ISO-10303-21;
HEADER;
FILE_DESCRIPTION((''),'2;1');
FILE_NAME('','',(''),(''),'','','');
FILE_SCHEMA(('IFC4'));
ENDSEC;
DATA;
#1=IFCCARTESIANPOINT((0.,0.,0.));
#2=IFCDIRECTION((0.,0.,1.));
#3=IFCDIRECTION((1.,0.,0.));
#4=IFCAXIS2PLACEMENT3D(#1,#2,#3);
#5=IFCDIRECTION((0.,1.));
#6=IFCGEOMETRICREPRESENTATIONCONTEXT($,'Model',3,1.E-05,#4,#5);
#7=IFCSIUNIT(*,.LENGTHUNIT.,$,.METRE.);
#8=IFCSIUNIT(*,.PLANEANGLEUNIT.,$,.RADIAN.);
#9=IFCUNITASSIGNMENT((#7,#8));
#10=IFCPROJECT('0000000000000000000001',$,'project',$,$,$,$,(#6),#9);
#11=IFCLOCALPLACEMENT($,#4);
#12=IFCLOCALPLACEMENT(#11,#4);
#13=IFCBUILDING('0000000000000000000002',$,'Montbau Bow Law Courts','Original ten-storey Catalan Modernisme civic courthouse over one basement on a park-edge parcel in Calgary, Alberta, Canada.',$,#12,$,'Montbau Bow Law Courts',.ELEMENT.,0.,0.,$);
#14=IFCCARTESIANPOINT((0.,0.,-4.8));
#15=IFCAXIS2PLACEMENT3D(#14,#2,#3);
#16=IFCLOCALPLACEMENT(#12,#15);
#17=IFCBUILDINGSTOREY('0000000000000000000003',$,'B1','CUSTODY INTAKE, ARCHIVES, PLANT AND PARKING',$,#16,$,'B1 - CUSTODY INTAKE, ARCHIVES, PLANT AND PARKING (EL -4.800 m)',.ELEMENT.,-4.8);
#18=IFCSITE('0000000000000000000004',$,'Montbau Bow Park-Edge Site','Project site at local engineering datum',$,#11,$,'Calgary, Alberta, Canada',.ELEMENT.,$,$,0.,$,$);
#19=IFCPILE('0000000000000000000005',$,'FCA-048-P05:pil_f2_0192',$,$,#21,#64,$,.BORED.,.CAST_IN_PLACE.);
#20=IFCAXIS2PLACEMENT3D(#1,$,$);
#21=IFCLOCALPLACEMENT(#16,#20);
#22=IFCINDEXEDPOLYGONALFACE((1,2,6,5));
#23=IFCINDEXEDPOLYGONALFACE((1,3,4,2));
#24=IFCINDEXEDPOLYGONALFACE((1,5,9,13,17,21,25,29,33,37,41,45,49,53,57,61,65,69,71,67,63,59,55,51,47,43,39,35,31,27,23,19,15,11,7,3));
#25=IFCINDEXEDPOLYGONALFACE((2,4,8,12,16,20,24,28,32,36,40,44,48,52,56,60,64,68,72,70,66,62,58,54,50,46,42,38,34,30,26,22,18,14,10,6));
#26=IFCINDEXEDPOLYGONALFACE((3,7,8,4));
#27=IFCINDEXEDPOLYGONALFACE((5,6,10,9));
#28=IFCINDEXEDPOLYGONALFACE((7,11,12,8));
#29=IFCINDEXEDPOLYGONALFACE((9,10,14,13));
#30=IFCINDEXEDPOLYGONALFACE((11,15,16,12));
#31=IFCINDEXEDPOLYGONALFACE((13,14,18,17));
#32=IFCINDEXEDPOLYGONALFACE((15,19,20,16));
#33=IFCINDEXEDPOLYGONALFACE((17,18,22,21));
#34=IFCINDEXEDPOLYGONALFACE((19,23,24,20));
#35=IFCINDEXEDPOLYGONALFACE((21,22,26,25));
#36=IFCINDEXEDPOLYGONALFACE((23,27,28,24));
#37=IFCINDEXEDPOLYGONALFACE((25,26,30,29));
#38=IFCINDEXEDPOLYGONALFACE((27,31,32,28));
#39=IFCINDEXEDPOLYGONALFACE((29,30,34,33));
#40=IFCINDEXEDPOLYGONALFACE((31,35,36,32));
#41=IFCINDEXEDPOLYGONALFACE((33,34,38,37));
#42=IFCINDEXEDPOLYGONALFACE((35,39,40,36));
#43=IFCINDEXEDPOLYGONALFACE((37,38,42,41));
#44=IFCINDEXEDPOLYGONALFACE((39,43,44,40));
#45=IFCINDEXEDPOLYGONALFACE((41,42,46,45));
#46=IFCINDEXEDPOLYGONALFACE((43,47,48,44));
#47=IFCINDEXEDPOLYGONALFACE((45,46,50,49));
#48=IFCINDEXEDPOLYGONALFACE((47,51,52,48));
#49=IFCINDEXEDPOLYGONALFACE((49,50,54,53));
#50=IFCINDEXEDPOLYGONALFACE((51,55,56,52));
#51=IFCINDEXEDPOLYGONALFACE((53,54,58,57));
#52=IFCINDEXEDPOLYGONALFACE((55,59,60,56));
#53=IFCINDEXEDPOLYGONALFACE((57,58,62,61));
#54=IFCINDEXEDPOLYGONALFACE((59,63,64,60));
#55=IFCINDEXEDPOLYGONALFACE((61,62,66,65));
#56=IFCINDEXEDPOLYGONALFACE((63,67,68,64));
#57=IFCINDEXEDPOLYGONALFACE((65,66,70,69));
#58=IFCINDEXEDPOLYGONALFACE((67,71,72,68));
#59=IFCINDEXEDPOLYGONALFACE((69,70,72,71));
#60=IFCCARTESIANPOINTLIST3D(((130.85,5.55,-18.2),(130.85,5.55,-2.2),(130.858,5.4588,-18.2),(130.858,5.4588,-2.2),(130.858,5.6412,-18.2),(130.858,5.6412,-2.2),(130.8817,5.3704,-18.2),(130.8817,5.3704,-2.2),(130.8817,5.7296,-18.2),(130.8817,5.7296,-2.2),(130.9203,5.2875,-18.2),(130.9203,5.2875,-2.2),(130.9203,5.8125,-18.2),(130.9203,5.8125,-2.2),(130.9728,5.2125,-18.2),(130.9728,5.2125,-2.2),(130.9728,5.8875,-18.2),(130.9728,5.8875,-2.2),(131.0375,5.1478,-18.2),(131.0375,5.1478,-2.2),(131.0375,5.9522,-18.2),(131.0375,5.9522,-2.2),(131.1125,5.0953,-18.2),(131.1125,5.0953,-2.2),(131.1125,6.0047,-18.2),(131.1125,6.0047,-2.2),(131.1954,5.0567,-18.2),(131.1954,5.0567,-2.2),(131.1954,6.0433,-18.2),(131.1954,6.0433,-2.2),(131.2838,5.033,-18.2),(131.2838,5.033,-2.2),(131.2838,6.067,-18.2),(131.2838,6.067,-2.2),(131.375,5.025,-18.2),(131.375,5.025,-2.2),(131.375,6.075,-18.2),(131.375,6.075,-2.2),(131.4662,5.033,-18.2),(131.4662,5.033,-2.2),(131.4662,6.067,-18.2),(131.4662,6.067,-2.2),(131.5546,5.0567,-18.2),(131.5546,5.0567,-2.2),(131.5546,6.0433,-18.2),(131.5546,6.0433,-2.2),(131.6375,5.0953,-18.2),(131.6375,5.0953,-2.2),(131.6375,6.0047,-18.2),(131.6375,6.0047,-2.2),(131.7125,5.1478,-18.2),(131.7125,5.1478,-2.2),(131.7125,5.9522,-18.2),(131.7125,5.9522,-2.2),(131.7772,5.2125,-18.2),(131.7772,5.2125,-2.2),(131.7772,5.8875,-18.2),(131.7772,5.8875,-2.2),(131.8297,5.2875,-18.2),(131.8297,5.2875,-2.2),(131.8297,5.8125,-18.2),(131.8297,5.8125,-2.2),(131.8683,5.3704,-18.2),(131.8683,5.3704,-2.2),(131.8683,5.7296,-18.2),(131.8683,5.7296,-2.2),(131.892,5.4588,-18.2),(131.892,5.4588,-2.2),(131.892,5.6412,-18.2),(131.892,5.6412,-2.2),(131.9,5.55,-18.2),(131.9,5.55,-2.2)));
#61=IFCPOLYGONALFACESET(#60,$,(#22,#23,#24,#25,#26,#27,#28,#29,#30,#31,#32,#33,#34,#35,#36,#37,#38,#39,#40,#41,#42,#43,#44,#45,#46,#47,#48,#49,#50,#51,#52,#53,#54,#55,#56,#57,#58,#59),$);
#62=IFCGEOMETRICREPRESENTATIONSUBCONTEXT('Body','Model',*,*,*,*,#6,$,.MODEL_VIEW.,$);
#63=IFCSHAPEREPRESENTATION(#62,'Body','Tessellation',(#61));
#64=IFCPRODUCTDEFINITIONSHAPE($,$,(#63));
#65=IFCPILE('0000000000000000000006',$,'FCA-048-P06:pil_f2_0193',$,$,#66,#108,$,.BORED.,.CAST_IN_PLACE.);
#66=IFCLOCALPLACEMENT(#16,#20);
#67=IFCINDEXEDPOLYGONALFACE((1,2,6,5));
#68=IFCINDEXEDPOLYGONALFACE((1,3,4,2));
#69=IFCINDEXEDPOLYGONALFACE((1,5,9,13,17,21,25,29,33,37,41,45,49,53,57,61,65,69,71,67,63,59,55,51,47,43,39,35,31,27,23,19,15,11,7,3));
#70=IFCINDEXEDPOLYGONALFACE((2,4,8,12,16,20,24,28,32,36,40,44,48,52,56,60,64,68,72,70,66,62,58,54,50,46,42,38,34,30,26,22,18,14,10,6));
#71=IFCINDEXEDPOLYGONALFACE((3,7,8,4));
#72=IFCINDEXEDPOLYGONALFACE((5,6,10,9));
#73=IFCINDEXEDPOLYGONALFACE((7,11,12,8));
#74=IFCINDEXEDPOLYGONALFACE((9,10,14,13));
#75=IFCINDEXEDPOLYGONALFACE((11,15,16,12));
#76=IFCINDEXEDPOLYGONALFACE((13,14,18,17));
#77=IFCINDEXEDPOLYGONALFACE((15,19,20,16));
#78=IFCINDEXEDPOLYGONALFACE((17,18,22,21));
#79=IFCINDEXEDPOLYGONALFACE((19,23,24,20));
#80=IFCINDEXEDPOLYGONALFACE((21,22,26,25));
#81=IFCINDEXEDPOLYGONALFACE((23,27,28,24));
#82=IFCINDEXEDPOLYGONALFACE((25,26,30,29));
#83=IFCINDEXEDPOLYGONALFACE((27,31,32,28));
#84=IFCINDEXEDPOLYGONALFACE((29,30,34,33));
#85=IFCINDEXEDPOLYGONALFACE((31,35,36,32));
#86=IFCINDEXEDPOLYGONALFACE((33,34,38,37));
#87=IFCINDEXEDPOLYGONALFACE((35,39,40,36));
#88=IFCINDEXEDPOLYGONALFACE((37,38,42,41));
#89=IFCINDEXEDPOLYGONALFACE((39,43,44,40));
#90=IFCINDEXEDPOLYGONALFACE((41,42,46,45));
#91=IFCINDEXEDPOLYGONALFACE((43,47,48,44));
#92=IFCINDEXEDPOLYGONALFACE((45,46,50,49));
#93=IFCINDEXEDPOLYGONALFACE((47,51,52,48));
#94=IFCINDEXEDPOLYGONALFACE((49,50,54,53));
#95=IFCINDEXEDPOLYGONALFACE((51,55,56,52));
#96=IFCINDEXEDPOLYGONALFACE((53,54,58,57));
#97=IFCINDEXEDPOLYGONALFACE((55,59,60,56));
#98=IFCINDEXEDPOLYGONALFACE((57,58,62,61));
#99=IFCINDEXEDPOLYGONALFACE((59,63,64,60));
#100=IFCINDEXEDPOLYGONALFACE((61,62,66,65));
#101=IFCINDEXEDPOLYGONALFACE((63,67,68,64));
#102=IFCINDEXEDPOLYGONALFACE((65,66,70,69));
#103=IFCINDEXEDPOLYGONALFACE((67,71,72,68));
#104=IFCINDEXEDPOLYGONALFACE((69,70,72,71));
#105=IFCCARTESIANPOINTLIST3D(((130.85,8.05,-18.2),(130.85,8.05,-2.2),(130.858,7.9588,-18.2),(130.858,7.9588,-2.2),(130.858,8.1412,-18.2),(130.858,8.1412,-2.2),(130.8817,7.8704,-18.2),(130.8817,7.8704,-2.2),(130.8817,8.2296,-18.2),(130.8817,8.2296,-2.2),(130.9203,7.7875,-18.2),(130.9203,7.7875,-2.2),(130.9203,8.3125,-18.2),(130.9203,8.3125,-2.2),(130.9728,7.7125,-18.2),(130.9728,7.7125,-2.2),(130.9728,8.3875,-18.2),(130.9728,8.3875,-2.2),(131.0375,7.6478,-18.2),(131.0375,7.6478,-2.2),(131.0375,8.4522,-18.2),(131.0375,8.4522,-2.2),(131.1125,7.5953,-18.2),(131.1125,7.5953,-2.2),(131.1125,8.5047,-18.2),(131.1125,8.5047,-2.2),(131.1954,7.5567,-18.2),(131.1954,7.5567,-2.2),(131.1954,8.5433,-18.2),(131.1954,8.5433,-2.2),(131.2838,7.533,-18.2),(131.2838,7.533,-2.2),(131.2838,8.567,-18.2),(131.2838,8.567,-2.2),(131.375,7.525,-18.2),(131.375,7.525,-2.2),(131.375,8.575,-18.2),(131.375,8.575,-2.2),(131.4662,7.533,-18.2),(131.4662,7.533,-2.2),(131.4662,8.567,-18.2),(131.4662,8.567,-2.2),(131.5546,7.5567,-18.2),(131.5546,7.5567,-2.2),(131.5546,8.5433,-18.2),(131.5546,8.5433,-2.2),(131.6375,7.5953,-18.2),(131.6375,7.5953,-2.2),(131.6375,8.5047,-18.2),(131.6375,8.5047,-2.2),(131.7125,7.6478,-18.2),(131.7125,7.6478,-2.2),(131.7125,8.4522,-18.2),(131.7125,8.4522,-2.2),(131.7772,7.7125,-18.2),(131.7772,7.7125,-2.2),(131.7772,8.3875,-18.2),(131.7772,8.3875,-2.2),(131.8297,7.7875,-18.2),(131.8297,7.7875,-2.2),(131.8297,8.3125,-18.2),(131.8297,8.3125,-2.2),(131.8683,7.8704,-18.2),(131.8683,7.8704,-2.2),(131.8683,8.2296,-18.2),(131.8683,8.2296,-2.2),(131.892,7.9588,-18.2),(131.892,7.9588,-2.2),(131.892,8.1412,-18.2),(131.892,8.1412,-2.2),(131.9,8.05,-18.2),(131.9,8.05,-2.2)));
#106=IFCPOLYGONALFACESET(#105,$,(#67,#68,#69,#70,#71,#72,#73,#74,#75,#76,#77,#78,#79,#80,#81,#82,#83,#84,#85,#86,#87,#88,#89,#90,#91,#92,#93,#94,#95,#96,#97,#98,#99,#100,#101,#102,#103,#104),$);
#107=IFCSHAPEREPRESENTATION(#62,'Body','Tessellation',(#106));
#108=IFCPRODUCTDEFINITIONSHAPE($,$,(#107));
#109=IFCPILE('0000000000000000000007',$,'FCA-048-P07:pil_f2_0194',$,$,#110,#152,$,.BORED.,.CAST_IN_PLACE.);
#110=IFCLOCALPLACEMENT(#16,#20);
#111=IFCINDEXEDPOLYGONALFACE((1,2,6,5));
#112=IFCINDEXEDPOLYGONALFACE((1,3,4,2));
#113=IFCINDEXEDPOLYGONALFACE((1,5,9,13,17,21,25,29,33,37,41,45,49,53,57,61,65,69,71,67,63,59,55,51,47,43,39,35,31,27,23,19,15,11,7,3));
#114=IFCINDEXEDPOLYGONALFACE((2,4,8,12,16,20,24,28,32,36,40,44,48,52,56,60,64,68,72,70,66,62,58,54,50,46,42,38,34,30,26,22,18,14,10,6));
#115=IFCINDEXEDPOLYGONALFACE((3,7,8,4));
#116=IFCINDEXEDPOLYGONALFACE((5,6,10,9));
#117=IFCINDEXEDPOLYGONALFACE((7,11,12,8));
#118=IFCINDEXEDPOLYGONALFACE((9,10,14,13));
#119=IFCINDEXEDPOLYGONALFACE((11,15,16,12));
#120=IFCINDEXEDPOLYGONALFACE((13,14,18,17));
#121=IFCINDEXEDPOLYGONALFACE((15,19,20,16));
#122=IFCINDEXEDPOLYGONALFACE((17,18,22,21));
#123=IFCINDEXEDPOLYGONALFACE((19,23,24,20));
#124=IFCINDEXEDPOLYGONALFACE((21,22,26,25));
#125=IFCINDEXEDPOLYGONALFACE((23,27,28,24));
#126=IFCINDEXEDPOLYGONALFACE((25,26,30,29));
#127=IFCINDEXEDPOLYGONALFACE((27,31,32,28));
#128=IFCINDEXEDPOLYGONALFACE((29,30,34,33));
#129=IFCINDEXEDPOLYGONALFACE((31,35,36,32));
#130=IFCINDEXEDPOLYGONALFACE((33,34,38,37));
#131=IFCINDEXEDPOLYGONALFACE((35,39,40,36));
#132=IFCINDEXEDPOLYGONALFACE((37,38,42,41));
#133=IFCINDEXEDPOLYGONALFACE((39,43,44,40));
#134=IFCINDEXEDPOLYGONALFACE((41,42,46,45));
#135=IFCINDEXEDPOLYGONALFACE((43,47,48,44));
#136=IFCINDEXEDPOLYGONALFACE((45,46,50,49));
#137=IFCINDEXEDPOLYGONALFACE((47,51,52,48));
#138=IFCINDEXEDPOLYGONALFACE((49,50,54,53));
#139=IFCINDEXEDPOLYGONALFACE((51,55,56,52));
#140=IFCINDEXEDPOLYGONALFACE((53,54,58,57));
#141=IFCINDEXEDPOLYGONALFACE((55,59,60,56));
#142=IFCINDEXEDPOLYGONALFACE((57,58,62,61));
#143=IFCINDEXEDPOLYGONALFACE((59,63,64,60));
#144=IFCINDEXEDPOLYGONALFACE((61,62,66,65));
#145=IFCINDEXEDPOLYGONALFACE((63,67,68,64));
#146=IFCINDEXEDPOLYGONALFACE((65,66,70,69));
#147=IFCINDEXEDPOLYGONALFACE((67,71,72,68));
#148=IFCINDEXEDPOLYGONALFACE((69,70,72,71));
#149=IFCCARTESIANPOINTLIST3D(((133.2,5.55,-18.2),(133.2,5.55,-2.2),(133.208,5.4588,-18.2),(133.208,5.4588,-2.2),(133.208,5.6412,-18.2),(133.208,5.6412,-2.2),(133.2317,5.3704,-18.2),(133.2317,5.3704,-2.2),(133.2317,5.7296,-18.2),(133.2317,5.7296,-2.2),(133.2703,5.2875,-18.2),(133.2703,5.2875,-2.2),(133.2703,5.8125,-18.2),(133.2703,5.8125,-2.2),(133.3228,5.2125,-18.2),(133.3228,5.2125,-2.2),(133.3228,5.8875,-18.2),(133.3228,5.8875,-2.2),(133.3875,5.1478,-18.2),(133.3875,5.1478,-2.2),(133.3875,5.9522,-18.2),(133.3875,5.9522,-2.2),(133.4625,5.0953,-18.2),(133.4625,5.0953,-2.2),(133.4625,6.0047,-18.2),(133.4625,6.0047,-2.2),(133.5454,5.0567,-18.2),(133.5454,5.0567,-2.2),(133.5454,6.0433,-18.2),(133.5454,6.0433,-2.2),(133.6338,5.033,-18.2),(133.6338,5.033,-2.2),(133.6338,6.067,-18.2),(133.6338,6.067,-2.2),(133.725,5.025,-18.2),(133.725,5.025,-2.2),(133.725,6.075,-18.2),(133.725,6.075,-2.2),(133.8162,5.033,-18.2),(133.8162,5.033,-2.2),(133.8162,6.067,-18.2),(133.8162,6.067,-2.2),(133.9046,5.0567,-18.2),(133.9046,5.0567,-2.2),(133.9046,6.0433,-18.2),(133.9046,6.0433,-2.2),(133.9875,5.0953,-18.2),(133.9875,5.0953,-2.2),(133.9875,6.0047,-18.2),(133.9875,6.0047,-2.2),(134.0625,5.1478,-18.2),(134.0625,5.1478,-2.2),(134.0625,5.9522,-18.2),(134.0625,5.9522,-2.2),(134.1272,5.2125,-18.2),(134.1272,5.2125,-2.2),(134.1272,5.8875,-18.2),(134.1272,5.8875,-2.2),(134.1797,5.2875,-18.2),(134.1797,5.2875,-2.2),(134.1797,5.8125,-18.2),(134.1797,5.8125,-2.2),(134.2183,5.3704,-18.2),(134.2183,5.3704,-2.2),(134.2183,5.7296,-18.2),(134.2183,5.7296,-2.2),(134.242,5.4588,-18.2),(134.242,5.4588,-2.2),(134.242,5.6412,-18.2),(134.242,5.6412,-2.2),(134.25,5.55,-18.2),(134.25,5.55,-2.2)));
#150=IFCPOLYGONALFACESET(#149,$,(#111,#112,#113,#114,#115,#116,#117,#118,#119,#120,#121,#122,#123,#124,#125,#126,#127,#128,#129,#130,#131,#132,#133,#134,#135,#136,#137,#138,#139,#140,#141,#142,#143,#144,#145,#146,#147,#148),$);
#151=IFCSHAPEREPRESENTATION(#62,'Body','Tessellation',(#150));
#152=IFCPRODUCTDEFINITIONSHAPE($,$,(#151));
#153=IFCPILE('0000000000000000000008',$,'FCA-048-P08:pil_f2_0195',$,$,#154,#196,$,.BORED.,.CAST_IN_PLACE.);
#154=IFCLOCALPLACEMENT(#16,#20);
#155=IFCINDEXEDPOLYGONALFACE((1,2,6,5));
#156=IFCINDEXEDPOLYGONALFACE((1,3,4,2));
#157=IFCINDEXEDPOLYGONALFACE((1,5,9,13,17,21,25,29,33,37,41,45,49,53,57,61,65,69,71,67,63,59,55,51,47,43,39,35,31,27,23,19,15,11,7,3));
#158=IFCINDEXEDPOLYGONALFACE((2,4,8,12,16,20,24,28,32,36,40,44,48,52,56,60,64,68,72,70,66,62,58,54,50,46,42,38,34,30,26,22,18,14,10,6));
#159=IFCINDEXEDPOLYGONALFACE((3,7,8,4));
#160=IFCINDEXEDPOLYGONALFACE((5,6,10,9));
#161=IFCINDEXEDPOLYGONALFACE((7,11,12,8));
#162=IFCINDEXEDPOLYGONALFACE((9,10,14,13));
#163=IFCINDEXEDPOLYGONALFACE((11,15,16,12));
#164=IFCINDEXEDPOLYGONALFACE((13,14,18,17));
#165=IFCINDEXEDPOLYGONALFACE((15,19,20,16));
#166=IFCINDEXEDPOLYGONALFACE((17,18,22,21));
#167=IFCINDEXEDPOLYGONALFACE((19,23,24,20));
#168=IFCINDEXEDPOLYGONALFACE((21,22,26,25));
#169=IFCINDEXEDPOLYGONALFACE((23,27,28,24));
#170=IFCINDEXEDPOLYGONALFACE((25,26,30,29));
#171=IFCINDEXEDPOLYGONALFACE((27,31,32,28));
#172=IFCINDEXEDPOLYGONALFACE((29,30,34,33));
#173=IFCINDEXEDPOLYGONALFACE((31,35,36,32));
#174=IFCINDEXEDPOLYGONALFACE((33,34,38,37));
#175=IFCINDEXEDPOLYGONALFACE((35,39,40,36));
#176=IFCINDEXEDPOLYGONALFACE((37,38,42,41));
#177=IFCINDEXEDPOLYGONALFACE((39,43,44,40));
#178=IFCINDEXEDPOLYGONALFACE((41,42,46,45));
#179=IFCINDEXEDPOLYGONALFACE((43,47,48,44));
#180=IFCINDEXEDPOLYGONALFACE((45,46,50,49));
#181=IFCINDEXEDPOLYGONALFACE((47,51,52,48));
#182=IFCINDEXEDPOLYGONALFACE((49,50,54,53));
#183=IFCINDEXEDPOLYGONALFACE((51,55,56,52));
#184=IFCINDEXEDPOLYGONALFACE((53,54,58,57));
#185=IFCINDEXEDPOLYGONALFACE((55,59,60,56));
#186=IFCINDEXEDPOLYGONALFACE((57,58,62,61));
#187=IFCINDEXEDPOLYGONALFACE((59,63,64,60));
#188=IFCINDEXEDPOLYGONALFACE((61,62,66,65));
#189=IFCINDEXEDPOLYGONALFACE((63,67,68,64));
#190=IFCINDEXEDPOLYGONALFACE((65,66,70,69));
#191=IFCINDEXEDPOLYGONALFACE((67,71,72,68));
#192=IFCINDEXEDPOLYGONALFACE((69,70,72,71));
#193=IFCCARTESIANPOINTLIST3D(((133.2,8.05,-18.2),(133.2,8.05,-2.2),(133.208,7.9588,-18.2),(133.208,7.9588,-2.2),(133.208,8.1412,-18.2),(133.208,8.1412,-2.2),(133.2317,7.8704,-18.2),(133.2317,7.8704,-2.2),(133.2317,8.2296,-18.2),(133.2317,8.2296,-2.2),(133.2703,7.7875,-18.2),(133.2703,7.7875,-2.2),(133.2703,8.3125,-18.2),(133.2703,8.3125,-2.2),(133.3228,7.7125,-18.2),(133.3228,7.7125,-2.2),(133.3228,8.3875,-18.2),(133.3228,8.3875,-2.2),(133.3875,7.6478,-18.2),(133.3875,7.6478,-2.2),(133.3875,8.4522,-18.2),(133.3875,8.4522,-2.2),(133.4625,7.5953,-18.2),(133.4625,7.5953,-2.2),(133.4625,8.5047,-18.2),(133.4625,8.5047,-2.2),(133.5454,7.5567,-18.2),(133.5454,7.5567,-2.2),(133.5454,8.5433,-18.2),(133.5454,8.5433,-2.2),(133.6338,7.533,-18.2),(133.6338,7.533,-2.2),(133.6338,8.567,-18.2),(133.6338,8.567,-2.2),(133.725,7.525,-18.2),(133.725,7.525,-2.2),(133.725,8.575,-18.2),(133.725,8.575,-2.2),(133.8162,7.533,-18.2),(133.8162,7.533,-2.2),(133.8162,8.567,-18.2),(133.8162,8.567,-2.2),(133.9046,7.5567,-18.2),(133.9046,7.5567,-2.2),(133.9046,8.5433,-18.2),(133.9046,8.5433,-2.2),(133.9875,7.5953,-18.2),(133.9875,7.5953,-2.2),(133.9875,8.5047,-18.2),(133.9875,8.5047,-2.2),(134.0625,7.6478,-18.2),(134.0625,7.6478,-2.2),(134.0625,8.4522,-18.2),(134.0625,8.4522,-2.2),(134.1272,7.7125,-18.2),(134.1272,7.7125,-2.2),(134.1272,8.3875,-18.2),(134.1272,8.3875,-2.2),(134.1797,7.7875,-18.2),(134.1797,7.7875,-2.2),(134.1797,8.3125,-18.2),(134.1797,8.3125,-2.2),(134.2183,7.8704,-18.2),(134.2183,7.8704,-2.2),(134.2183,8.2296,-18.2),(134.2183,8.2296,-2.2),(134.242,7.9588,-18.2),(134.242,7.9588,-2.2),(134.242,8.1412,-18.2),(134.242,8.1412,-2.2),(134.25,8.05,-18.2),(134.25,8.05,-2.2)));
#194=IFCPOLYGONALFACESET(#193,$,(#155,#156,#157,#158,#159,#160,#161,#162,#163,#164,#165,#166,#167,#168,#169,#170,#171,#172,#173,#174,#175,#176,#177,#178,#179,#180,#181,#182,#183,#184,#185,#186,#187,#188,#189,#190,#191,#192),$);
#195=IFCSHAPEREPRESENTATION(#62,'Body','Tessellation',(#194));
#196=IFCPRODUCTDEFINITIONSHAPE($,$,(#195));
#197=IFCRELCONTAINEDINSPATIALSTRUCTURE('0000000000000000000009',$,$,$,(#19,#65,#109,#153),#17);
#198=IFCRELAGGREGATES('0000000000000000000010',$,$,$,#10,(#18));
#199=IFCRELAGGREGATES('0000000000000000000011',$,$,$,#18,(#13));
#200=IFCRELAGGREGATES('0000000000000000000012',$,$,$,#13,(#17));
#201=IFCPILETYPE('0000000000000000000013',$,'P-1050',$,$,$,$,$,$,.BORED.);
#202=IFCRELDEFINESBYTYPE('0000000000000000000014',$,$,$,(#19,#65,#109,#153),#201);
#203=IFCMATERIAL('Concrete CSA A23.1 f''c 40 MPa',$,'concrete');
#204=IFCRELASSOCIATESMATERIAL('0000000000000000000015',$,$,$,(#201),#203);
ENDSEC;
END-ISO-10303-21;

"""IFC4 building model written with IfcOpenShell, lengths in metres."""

from ifc_helpers import new_model, si_unit, direction, frame, origin_with_axes, origin_2d_with_axis, place, context, subcontext, project, spatial, circle, extrude, material, material_profile, profile_set, type_object, element, save


model = new_model("IFC4")

# Units and contexts
model_context = context("Model", 3, precision=1e-05, world=origin_with_axes(), true_north=direction((0.0, 1.0)))
body_context = subcontext(model_context, "Body", "Model", "MODEL_VIEW")
ifc_project = project(units=[si_unit("LENGTHUNIT", "METRE"), si_unit("PLANEANGLEUNIT", "RADIAN")], contexts=[model_context])

# Site, building, storey
site_placement = place(None, origin_with_axes())
site = spatial("IfcSite", under=ifc_project, at=site_placement, Name="Montbau Bow Park-Edge Site", Description="Project site at local engineering datum", LongName="Calgary, Alberta, Canada", CompositionType="ELEMENT", RefElevation=0.0)
building_placement = place(site_placement, origin_with_axes())
building = spatial("IfcBuilding", under=site, at=building_placement, Name="Montbau Bow Law Courts", Description="Original ten-storey Catalan Modernisme civic courthouse over one basement on a park-edge parcel in Calgary, Alberta, Canada.", LongName="Montbau Bow Law Courts", CompositionType="ELEMENT", ElevationOfRefHeight=0.0, ElevationOfTerrain=0.0)
storey_placement = place(building_placement, frame((0.0, 0.0, -4.8), z_axis=(0.0, 0.0, 1.0), x_axis=(1.0, 0.0, 0.0)))
storey = spatial("IfcBuildingStorey", under=building, at=storey_placement, Name="B1", Description="CUSTODY INTAKE, ARCHIVES, PLANT AND PARKING", LongName="B1 - CUSTODY INTAKE, ARCHIVES, PLANT AND PARKING (EL -4.800 m)", CompositionType="ELEMENT", Elevation=-4.8)

# Piles
ifc_material_1 = material(Name="Concrete CSA A23.1 f'c 40 MPa", Category="concrete")
ifc_material_profile_1 = material_profile(ifc_material_1, circle(Radius=0.525, at=origin_2d_with_axis()), Name="BP1050", Category="Main", Priority=0)
ifc_profile_set_1 = profile_set([ifc_material_profile_1], Name="Concrete CSA A23.1 f'c 40 MPa")
pile_type_1 = type_object("IfcPileType", Name="P-1050", PredefinedType="BORED", material=ifc_profile_set_1)
for number, where, z_axis, x_axis, name in (
    (1, (131.375, 5.55, -23.0), (0.0, 0.0, 1.0), (1.0, 0.0, 0.0), "FCA-048-P05:pil_f2_0192"),
    (2, (131.375, 8.05, -23.0), (0.0, 0.0, 1.0), (1.0, 0.0, 0.0), "FCA-048-P06:pil_f2_0193"),
    (3, (133.725, 5.55, -23.0), (0.0, 0.0, 1.0), (1.0, 0.0, 0.0), "FCA-048-P07:pil_f2_0194"),
    (4, (133.725, 8.05, -23.0), (0.0, 0.0, 1.0), (1.0, 0.0, 0.0), "FCA-048-P08:pil_f2_0195"),
):
    element("IfcPile", number, at=place(None, frame(where, z_axis=z_axis, x_axis=x_axis)), inside=storey, type_object=pile_type_1, Name=name, ConstructionType="CAST_IN_PLACE", PredefinedType="BORED", context=body_context, shape_type="SweptSolid", body=[
        extrude(circle(Radius=0.525, at=origin_2d_with_axis()), origin_with_axes(), (0.0, 0.0, 1.0), 16.0),
    ])

save(model, "model.ifc")
